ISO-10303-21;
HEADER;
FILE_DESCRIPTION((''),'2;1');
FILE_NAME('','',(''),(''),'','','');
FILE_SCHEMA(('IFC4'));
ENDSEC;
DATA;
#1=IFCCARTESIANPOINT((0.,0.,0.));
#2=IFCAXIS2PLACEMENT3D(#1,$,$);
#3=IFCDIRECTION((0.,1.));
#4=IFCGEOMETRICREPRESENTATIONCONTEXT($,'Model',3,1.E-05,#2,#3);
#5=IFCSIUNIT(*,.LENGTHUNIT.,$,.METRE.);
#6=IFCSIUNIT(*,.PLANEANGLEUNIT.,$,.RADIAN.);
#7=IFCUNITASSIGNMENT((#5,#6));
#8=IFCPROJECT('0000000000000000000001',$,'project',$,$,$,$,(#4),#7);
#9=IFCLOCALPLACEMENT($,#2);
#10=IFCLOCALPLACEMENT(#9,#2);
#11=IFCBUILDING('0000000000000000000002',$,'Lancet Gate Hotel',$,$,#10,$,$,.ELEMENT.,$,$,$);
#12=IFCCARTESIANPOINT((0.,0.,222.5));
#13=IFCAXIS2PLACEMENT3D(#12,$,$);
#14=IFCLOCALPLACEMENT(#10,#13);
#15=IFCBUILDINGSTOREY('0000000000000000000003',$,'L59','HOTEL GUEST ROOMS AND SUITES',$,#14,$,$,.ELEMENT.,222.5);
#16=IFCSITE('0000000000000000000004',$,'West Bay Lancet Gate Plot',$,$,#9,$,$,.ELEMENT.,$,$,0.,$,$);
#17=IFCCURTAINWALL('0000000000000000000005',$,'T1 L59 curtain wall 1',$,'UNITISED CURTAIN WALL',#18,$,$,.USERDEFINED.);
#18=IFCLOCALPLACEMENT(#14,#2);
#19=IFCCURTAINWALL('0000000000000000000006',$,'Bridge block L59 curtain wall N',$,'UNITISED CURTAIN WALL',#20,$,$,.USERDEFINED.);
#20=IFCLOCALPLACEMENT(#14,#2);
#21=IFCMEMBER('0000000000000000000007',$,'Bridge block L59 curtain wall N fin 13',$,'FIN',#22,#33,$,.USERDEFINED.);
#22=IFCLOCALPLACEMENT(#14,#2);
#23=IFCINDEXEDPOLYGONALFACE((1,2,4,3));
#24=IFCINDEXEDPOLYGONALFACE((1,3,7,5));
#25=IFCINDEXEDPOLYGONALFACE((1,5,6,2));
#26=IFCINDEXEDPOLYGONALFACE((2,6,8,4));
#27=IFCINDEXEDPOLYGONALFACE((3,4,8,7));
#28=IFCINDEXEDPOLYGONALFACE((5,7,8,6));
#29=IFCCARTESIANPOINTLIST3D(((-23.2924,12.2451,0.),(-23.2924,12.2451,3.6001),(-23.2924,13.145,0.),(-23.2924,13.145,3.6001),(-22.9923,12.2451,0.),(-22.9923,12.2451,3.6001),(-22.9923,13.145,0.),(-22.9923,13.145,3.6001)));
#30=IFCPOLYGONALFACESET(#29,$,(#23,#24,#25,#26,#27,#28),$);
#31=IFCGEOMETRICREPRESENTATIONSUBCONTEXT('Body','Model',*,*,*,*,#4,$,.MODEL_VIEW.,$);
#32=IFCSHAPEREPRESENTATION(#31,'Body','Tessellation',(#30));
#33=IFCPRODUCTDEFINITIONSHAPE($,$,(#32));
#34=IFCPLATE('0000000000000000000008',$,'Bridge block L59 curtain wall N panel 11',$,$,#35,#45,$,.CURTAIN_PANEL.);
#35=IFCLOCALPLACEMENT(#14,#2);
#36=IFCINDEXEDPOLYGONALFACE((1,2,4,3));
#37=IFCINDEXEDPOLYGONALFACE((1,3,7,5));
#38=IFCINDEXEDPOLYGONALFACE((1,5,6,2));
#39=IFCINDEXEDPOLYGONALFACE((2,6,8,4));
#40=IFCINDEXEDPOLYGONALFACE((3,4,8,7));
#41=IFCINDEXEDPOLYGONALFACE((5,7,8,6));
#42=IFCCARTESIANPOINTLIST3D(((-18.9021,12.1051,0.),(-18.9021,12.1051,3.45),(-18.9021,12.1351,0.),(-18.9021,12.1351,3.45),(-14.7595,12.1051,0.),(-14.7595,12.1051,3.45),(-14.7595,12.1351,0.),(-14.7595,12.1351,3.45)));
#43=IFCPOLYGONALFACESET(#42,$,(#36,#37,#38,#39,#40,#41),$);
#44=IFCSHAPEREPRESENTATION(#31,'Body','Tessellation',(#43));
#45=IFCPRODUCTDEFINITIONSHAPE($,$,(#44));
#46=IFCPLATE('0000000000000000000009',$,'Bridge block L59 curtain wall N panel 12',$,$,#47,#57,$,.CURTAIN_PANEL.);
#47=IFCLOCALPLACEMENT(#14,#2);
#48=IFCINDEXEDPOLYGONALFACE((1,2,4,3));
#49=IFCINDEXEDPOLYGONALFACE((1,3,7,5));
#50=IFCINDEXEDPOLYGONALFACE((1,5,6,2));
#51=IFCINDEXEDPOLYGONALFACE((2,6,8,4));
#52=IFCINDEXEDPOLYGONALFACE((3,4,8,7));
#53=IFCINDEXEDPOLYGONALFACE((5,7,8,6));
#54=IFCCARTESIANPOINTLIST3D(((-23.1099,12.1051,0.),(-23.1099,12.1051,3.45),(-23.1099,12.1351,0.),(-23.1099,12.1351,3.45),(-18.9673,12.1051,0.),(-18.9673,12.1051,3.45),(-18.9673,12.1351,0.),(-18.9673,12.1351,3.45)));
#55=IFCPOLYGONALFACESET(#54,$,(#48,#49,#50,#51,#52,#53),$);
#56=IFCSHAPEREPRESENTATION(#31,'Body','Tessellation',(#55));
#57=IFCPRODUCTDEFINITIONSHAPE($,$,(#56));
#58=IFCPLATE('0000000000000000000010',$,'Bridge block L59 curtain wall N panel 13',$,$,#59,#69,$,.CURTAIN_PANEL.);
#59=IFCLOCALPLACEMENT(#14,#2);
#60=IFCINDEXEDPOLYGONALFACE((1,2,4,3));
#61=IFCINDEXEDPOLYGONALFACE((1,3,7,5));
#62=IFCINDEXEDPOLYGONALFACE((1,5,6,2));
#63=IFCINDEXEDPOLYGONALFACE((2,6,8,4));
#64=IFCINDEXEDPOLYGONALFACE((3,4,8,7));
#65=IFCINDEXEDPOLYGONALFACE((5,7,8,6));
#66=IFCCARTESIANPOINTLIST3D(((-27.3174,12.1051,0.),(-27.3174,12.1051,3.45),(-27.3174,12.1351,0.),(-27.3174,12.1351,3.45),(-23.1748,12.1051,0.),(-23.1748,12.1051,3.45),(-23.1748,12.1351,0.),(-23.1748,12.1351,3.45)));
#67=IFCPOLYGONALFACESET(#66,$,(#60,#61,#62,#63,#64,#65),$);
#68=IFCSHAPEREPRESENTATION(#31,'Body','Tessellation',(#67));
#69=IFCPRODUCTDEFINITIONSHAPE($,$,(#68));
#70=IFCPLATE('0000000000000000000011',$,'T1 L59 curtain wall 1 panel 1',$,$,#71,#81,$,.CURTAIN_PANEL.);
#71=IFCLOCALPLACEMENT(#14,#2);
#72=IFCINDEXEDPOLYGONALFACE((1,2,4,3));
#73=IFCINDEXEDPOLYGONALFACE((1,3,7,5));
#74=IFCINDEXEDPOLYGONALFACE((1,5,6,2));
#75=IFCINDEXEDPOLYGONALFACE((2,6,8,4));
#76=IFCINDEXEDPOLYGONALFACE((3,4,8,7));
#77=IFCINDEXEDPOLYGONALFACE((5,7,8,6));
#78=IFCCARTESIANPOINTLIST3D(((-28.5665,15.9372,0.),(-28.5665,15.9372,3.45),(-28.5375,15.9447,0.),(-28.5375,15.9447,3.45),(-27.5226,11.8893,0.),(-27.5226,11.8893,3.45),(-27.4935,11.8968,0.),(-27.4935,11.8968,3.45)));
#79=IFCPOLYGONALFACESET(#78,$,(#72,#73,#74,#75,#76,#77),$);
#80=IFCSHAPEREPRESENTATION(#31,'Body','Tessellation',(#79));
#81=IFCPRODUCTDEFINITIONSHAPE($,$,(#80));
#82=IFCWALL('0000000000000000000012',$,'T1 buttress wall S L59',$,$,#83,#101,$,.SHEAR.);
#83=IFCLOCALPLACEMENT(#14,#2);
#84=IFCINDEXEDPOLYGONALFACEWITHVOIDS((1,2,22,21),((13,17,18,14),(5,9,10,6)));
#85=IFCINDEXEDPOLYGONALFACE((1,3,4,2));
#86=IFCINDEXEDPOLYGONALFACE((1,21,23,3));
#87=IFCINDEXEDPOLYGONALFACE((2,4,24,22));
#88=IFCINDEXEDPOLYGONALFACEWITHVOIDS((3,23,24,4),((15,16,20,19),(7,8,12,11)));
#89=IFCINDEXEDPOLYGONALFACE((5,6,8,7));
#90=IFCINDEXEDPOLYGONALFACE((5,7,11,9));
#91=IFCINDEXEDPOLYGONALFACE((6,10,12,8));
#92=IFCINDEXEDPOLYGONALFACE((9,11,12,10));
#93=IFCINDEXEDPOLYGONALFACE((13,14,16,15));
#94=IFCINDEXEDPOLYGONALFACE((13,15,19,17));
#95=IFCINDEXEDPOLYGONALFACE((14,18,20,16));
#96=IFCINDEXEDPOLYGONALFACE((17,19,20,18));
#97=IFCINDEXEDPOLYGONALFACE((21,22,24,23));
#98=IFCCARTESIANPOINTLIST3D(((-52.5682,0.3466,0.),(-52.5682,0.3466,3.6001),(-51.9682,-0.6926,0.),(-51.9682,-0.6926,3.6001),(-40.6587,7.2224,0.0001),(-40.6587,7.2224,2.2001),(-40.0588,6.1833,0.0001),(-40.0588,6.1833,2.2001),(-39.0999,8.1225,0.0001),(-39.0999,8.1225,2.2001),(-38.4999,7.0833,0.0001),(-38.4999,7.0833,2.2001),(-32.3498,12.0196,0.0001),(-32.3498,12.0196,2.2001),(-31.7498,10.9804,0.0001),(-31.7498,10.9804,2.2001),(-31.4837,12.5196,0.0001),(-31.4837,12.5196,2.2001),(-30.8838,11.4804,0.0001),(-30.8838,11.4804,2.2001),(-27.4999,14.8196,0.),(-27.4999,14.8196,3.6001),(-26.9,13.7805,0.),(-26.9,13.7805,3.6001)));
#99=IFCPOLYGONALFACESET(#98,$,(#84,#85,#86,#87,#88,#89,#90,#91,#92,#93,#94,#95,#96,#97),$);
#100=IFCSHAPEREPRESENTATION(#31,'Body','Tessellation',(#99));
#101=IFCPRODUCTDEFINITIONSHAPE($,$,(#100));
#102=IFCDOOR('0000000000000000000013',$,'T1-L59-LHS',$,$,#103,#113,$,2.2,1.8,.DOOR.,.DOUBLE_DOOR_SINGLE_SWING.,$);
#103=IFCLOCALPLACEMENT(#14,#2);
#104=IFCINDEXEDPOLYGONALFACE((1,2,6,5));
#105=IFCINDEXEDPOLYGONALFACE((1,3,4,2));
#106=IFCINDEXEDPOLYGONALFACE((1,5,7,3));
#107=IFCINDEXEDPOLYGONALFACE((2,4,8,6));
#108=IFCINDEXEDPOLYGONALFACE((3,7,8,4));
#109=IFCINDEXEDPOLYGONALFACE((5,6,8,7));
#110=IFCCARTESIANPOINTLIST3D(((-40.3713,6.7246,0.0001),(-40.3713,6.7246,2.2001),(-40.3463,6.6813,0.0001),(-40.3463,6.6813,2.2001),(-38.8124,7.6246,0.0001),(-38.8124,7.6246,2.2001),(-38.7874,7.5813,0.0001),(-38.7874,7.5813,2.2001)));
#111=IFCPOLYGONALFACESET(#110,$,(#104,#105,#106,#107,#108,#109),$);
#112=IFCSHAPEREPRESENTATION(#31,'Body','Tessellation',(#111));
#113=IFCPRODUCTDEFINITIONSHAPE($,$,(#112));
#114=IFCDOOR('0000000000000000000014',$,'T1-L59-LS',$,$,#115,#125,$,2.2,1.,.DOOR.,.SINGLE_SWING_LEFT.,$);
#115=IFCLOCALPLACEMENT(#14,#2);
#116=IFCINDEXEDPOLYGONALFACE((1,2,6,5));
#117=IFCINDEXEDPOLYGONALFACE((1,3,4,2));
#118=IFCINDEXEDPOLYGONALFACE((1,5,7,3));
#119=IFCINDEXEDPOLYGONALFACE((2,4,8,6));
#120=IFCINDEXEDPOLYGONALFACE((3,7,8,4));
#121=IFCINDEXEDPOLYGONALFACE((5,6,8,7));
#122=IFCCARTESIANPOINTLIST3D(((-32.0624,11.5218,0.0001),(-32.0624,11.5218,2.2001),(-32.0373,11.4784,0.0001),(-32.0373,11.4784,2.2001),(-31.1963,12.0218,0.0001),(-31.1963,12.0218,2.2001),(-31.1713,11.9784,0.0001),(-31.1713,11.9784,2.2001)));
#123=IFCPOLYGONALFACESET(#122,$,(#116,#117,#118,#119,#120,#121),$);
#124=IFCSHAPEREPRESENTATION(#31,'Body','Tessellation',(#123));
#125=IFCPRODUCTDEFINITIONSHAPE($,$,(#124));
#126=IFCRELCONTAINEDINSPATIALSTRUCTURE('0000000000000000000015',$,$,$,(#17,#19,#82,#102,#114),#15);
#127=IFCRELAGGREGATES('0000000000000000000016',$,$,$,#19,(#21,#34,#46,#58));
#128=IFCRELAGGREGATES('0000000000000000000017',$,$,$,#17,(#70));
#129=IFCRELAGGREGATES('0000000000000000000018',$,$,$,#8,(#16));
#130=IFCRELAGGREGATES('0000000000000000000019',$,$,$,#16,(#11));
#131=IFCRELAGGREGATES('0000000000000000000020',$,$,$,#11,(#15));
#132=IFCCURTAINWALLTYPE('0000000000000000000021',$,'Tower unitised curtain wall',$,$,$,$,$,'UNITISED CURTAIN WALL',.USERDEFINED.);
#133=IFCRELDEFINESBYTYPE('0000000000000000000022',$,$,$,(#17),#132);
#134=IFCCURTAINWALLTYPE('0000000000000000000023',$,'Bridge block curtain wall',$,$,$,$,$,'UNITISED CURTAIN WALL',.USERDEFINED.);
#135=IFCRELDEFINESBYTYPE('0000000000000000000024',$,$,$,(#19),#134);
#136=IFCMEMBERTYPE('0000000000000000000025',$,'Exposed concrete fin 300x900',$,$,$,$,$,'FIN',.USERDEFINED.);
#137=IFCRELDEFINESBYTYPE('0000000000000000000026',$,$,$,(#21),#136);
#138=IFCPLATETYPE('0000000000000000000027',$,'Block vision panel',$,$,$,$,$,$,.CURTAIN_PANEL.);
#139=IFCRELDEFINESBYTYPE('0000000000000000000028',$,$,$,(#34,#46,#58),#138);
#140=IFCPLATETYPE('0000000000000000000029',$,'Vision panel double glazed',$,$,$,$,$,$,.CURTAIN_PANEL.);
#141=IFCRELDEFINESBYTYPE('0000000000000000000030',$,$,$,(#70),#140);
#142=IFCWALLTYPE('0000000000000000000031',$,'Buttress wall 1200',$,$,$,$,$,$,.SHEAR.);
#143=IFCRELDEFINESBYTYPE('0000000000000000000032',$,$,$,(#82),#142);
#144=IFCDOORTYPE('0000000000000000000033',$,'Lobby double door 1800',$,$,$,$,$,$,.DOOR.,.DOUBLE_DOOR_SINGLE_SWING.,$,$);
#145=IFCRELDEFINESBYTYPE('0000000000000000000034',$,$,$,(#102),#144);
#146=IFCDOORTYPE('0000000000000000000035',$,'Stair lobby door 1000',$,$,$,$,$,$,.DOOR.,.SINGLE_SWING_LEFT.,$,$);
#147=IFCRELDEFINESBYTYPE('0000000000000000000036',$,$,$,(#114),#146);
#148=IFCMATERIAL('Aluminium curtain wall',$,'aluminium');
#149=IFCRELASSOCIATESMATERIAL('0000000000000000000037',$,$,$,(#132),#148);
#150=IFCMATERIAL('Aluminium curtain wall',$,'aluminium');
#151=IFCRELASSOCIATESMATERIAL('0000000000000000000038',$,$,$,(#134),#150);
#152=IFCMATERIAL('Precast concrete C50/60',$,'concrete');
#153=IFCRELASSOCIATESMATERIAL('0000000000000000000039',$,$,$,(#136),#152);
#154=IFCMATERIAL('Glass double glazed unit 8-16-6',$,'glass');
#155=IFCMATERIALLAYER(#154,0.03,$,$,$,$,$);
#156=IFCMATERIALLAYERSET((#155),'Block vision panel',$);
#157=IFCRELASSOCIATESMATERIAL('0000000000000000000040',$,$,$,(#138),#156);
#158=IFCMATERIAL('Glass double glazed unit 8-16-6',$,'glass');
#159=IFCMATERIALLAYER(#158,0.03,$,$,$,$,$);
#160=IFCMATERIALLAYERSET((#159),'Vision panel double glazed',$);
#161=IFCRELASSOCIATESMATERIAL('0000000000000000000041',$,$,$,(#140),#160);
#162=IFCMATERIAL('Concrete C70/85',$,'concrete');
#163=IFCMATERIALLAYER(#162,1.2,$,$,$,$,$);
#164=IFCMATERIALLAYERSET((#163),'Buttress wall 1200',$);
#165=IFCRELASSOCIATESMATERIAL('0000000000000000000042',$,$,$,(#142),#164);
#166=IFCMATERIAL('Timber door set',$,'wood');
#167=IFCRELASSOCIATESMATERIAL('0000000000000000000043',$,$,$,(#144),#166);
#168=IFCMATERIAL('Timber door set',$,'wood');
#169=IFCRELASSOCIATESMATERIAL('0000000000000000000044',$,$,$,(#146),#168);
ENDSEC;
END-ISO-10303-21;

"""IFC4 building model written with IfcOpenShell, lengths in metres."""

from ifc_helpers import new_model, si_unit, direction, frame, frame_2d, origin, origin_2d, place, context, subcontext, project, spatial, rectangle, extrude, material, layer, layer_set, material_profile, profile_set, type_object, element, fill, aggregate, save


model = new_model("IFC4")

# Units and contexts
model_context = context("Model", 3, precision=1e-05, world=origin(), true_north=direction((0.0, 1.0)))
body_context = subcontext(model_context, "Body", "Model", "MODEL_VIEW")
ifc_project = project(units=[si_unit("LENGTHUNIT", "METRE"), si_unit("PLANEANGLEUNIT", "RADIAN")], contexts=[model_context])

# Site, building, storey
site_placement = place(None, origin())
site = spatial("IfcSite", under=ifc_project, at=site_placement, Name="West Bay Lancet Gate Plot", CompositionType="ELEMENT", RefElevation=0.0)
building_placement = place(site_placement, origin())
building = spatial("IfcBuilding", under=site, at=building_placement, Name="Lancet Gate Hotel", CompositionType="ELEMENT")
storey_placement = place(building_placement, frame((0.0, 0.0, 222.5)))
storey = spatial("IfcBuildingStorey", under=building, at=storey_placement, Name="L59", Description="HOTEL GUEST ROOMS AND SUITES", CompositionType="ELEMENT", Elevation=222.5)

# Curtain walls
ifc_material_1 = material(Name="Aluminium curtain wall", Category="aluminium")
curtain_wall_type_1 = type_object("IfcCurtainWallType", Name="Tower unitised curtain wall", ElementType="UNITISED CURTAIN WALL", PredefinedType="USERDEFINED", material=ifc_material_1)
curtain_wall_1_placement = place(storey_placement, origin())
curtain_wall_1 = element("IfcCurtainWall", 1, at=curtain_wall_1_placement, inside=storey, type_object=curtain_wall_type_1, Name="T1 L59 curtain wall 1", ObjectType="UNITISED CURTAIN WALL", PredefinedType="USERDEFINED")
ifc_material_2 = material(Name="Aluminium curtain wall", Category="aluminium")
curtain_wall_type_2 = type_object("IfcCurtainWallType", Name="Bridge block curtain wall", ElementType="UNITISED CURTAIN WALL", PredefinedType="USERDEFINED", material=ifc_material_2)
curtain_wall_2_placement = place(storey_placement, origin())
curtain_wall_2 = element("IfcCurtainWall", 2, at=curtain_wall_2_placement, inside=storey, type_object=curtain_wall_type_2, Name="Bridge block L59 curtain wall N", ObjectType="UNITISED CURTAIN WALL", PredefinedType="USERDEFINED")

# Member
ifc_material_3 = material(Name="Precast concrete C50/60", Category="concrete")
ifc_material_profile_1 = material_profile(ifc_material_3, rectangle(XDim=0.3, YDim=0.8999, at=origin_2d()), Name="FIN 300x900")
ifc_profile_set_1 = profile_set([ifc_material_profile_1], Name="Precast concrete C50/60")
member_type_1 = type_object("IfcMemberType", Name="Exposed concrete fin 300x900", ElementType="FIN", PredefinedType="USERDEFINED", material=ifc_profile_set_1)
member_1_placement = place(storey_placement, frame((-23.1423, 12.6951, 0.0), z_axis=(0.0, 0.0, 1.0), x_axis=(-1.0, 0.0, 0.0)))
member_1 = element("IfcMember", 3, at=member_1_placement, type_object=member_type_1, Name="Bridge block L59 curtain wall N fin 13", ObjectType="FIN", PredefinedType="USERDEFINED", context=body_context, shape_type="SweptSolid", body=[
    extrude(rectangle(XDim=0.3, YDim=0.8999, at=origin_2d()), origin(), (0.0, 0.0, 1.0), 3.6001),
])

# Plates
ifc_material_4 = material(Name="Glass double glazed unit 8-16-6", Category="glass")
ifc_layer_1 = layer(ifc_material_4, 0.03)
ifc_layer_set_1 = layer_set([ifc_layer_1], Name="Block vision panel")
plate_type_1 = type_object("IfcPlateType", Name="Block vision panel", PredefinedType="CURTAIN_PANEL", material=ifc_layer_set_1)
plate_1_placement = place(storey_placement, frame((-16.8308, 12.1201, 0.0), z_axis=(0.0, 0.0, 1.0), x_axis=(-1.0, 0.0, 0.0)))
plate_1 = element("IfcPlate", 4, at=plate_1_placement, type_object=plate_type_1, Name="Bridge block L59 curtain wall N panel 11", PredefinedType="CURTAIN_PANEL", context=body_context, shape_type="SweptSolid", body=[
    extrude(rectangle(XDim=4.1426, YDim=0.03, at=origin_2d()), origin(), (0.0, 0.0, 1.0), 3.45),
])
plate_2_placement = place(storey_placement, frame((-21.0386, 12.1201, 0.0), z_axis=(0.0, 0.0, 1.0), x_axis=(-1.0, 0.0, 0.0)))
plate_2 = element("IfcPlate", 5, at=plate_2_placement, type_object=plate_type_1, Name="Bridge block L59 curtain wall N panel 12", PredefinedType="CURTAIN_PANEL", context=body_context, shape_type="SweptSolid", body=[
    extrude(rectangle(XDim=4.1426, YDim=0.03, at=origin_2d()), origin(), (0.0, 0.0, 1.0), 3.45),
])
plate_3_placement = place(storey_placement, frame((-25.2461, 12.1201, 0.0), z_axis=(0.0, 0.0, 1.0), x_axis=(-1.0, 0.0, 0.0)))
plate_3 = element("IfcPlate", 6, at=plate_3_placement, type_object=plate_type_1, Name="Bridge block L59 curtain wall N panel 13", PredefinedType="CURTAIN_PANEL", context=body_context, shape_type="SweptSolid", body=[
    extrude(rectangle(XDim=4.1426, YDim=0.03, at=origin_2d()), origin(), (0.0, 0.0, 1.0), 3.45),
])
aggregate(curtain_wall_2, [member_1, plate_1, plate_2, plate_3])
ifc_material_5 = material(Name="Glass double glazed unit 8-16-6", Category="glass")
ifc_layer_2 = layer(ifc_material_5, 0.03)
ifc_layer_set_2 = layer_set([ifc_layer_2], Name="Vision panel double glazed")
plate_type_2 = type_object("IfcPlateType", Name="Vision panel double glazed", PredefinedType="CURTAIN_PANEL", material=ifc_layer_set_2)
plate_4_placement = place(storey_placement, frame((-28.03, 13.917, 0.0), z_axis=(0.0, 0.0, 1.0), x_axis=(-0.249726, 0.968317, 0.0)))
plate_4 = element("IfcPlate", 7, at=plate_4_placement, type_object=plate_type_2, Name="T1 L59 curtain wall 1 panel 1", PredefinedType="CURTAIN_PANEL", context=body_context, shape_type="SweptSolid", body=[
    extrude(rectangle(XDim=4.1804, YDim=0.03, at=origin_2d()), origin(), (0.0, 0.0, 1.0), 3.45),
])
aggregate(curtain_wall_1, [plate_4])

# Wall, openings, doors
ifc_material_6 = material(Name="Concrete C70/85", Category="concrete")
ifc_layer_3 = layer(ifc_material_6, 1.2)
ifc_layer_set_3 = layer_set([ifc_layer_3], Name="Buttress wall 1200")
wall_type_1 = type_object("IfcWallType", Name="Buttress wall 1200", PredefinedType="SHEAR", material=ifc_layer_set_3)
wall_1_placement = place(storey_placement, frame((-27.2, 14.3, 0.0), z_axis=(0.0, 0.0, 1.0), x_axis=(-0.866027, -0.499998, 0.0)))
wall_1 = element("IfcWall", 8, at=wall_1_placement, inside=storey, type_object=wall_type_1, Name="T1 buttress wall S L59", PredefinedType="SHEAR", context=body_context, shape_type="SweptSolid", body=[
    extrude(rectangle(XDim=28.9463, YDim=1.2, at=frame_2d((14.4731, 0.0))), origin(), (0.0, 0.0, 1.0), 3.6001),
])
opening_1_placement = place(wall_1_placement, frame((4.6001, 0.0, 0.0)))
opening_1 = element("IfcOpeningElement", 9, at=opening_1_placement, cuts=wall_1, PredefinedType="OPENING", context=body_context, shape_type="SweptSolid", body=[
    extrude(rectangle(XDim=1.0, YDim=2.2, at=frame_2d((0.5, 1.1001))), frame((0.0, 0.6099, 0.0), z_axis=(0.0, -1.0, 0.0), x_axis=(1.0, 0.0, 0.0)), (0.0, 0.0, 1.0), 1.22),
])
opening_2_placement = place(wall_1_placement, frame((13.3945, 0.0, 0.0)))
opening_2 = element("IfcOpeningElement", 10, at=opening_2_placement, cuts=wall_1, PredefinedType="OPENING", context=body_context, shape_type="SweptSolid", body=[
    extrude(rectangle(XDim=1.8, YDim=2.2, at=frame_2d((0.8999, 1.1001))), frame((0.0, 0.6099, 0.0), z_axis=(0.0, -1.0, 0.0), x_axis=(1.0, 0.0, 0.0)), (0.0, 0.0, 1.0), 1.22),
])
ifc_material_7 = material(Name="Timber door set", Category="wood")
door_type_1 = type_object("IfcDoorType", Name="Lobby double door 1800", OperationType="DOUBLE_DOOR_SINGLE_SWING", PredefinedType="DOOR", material=ifc_material_7)
door_1_placement = place(opening_2_placement, origin())
door_1 = element("IfcDoor", 11, at=door_1_placement, inside=storey, type_object=door_type_1, Name="T1-L59-LHS", OperationType="DOUBLE_DOOR_SINGLE_SWING", OverallHeight=2.2, OverallWidth=1.8, PredefinedType="DOOR", context=body_context, shape_type="SweptSolid", body=[
    extrude(rectangle(XDim=1.8, YDim=2.2, at=frame_2d((0.8999, 1.1001))), frame((0.0, 0.0249, 0.0), z_axis=(0.0, -1.0, 0.0), x_axis=(1.0, 0.0, 0.0)), (0.0, 0.0, 1.0), 0.05),
])
fill(opening_2, door_1)
ifc_material_8 = material(Name="Timber door set", Category="wood")
door_type_2 = type_object("IfcDoorType", Name="Stair lobby door 1000", OperationType="SINGLE_SWING_LEFT", PredefinedType="DOOR", material=ifc_material_8)
door_2_placement = place(opening_1_placement, origin())
door_2 = element("IfcDoor", 12, at=door_2_placement, inside=storey, type_object=door_type_2, Name="T1-L59-LS", OperationType="SINGLE_SWING_LEFT", OverallHeight=2.2, OverallWidth=1.0, PredefinedType="DOOR", context=body_context, shape_type="SweptSolid", body=[
    extrude(rectangle(XDim=1.0, YDim=2.2, at=frame_2d((0.5, 1.1001))), frame((0.0, 0.0249, 0.0), z_axis=(0.0, -1.0, 0.0), x_axis=(1.0, 0.0, 0.0)), (0.0, 0.0, 1.0), 0.05),
])
fill(opening_1, door_2)

save(model, "model.ifc")
